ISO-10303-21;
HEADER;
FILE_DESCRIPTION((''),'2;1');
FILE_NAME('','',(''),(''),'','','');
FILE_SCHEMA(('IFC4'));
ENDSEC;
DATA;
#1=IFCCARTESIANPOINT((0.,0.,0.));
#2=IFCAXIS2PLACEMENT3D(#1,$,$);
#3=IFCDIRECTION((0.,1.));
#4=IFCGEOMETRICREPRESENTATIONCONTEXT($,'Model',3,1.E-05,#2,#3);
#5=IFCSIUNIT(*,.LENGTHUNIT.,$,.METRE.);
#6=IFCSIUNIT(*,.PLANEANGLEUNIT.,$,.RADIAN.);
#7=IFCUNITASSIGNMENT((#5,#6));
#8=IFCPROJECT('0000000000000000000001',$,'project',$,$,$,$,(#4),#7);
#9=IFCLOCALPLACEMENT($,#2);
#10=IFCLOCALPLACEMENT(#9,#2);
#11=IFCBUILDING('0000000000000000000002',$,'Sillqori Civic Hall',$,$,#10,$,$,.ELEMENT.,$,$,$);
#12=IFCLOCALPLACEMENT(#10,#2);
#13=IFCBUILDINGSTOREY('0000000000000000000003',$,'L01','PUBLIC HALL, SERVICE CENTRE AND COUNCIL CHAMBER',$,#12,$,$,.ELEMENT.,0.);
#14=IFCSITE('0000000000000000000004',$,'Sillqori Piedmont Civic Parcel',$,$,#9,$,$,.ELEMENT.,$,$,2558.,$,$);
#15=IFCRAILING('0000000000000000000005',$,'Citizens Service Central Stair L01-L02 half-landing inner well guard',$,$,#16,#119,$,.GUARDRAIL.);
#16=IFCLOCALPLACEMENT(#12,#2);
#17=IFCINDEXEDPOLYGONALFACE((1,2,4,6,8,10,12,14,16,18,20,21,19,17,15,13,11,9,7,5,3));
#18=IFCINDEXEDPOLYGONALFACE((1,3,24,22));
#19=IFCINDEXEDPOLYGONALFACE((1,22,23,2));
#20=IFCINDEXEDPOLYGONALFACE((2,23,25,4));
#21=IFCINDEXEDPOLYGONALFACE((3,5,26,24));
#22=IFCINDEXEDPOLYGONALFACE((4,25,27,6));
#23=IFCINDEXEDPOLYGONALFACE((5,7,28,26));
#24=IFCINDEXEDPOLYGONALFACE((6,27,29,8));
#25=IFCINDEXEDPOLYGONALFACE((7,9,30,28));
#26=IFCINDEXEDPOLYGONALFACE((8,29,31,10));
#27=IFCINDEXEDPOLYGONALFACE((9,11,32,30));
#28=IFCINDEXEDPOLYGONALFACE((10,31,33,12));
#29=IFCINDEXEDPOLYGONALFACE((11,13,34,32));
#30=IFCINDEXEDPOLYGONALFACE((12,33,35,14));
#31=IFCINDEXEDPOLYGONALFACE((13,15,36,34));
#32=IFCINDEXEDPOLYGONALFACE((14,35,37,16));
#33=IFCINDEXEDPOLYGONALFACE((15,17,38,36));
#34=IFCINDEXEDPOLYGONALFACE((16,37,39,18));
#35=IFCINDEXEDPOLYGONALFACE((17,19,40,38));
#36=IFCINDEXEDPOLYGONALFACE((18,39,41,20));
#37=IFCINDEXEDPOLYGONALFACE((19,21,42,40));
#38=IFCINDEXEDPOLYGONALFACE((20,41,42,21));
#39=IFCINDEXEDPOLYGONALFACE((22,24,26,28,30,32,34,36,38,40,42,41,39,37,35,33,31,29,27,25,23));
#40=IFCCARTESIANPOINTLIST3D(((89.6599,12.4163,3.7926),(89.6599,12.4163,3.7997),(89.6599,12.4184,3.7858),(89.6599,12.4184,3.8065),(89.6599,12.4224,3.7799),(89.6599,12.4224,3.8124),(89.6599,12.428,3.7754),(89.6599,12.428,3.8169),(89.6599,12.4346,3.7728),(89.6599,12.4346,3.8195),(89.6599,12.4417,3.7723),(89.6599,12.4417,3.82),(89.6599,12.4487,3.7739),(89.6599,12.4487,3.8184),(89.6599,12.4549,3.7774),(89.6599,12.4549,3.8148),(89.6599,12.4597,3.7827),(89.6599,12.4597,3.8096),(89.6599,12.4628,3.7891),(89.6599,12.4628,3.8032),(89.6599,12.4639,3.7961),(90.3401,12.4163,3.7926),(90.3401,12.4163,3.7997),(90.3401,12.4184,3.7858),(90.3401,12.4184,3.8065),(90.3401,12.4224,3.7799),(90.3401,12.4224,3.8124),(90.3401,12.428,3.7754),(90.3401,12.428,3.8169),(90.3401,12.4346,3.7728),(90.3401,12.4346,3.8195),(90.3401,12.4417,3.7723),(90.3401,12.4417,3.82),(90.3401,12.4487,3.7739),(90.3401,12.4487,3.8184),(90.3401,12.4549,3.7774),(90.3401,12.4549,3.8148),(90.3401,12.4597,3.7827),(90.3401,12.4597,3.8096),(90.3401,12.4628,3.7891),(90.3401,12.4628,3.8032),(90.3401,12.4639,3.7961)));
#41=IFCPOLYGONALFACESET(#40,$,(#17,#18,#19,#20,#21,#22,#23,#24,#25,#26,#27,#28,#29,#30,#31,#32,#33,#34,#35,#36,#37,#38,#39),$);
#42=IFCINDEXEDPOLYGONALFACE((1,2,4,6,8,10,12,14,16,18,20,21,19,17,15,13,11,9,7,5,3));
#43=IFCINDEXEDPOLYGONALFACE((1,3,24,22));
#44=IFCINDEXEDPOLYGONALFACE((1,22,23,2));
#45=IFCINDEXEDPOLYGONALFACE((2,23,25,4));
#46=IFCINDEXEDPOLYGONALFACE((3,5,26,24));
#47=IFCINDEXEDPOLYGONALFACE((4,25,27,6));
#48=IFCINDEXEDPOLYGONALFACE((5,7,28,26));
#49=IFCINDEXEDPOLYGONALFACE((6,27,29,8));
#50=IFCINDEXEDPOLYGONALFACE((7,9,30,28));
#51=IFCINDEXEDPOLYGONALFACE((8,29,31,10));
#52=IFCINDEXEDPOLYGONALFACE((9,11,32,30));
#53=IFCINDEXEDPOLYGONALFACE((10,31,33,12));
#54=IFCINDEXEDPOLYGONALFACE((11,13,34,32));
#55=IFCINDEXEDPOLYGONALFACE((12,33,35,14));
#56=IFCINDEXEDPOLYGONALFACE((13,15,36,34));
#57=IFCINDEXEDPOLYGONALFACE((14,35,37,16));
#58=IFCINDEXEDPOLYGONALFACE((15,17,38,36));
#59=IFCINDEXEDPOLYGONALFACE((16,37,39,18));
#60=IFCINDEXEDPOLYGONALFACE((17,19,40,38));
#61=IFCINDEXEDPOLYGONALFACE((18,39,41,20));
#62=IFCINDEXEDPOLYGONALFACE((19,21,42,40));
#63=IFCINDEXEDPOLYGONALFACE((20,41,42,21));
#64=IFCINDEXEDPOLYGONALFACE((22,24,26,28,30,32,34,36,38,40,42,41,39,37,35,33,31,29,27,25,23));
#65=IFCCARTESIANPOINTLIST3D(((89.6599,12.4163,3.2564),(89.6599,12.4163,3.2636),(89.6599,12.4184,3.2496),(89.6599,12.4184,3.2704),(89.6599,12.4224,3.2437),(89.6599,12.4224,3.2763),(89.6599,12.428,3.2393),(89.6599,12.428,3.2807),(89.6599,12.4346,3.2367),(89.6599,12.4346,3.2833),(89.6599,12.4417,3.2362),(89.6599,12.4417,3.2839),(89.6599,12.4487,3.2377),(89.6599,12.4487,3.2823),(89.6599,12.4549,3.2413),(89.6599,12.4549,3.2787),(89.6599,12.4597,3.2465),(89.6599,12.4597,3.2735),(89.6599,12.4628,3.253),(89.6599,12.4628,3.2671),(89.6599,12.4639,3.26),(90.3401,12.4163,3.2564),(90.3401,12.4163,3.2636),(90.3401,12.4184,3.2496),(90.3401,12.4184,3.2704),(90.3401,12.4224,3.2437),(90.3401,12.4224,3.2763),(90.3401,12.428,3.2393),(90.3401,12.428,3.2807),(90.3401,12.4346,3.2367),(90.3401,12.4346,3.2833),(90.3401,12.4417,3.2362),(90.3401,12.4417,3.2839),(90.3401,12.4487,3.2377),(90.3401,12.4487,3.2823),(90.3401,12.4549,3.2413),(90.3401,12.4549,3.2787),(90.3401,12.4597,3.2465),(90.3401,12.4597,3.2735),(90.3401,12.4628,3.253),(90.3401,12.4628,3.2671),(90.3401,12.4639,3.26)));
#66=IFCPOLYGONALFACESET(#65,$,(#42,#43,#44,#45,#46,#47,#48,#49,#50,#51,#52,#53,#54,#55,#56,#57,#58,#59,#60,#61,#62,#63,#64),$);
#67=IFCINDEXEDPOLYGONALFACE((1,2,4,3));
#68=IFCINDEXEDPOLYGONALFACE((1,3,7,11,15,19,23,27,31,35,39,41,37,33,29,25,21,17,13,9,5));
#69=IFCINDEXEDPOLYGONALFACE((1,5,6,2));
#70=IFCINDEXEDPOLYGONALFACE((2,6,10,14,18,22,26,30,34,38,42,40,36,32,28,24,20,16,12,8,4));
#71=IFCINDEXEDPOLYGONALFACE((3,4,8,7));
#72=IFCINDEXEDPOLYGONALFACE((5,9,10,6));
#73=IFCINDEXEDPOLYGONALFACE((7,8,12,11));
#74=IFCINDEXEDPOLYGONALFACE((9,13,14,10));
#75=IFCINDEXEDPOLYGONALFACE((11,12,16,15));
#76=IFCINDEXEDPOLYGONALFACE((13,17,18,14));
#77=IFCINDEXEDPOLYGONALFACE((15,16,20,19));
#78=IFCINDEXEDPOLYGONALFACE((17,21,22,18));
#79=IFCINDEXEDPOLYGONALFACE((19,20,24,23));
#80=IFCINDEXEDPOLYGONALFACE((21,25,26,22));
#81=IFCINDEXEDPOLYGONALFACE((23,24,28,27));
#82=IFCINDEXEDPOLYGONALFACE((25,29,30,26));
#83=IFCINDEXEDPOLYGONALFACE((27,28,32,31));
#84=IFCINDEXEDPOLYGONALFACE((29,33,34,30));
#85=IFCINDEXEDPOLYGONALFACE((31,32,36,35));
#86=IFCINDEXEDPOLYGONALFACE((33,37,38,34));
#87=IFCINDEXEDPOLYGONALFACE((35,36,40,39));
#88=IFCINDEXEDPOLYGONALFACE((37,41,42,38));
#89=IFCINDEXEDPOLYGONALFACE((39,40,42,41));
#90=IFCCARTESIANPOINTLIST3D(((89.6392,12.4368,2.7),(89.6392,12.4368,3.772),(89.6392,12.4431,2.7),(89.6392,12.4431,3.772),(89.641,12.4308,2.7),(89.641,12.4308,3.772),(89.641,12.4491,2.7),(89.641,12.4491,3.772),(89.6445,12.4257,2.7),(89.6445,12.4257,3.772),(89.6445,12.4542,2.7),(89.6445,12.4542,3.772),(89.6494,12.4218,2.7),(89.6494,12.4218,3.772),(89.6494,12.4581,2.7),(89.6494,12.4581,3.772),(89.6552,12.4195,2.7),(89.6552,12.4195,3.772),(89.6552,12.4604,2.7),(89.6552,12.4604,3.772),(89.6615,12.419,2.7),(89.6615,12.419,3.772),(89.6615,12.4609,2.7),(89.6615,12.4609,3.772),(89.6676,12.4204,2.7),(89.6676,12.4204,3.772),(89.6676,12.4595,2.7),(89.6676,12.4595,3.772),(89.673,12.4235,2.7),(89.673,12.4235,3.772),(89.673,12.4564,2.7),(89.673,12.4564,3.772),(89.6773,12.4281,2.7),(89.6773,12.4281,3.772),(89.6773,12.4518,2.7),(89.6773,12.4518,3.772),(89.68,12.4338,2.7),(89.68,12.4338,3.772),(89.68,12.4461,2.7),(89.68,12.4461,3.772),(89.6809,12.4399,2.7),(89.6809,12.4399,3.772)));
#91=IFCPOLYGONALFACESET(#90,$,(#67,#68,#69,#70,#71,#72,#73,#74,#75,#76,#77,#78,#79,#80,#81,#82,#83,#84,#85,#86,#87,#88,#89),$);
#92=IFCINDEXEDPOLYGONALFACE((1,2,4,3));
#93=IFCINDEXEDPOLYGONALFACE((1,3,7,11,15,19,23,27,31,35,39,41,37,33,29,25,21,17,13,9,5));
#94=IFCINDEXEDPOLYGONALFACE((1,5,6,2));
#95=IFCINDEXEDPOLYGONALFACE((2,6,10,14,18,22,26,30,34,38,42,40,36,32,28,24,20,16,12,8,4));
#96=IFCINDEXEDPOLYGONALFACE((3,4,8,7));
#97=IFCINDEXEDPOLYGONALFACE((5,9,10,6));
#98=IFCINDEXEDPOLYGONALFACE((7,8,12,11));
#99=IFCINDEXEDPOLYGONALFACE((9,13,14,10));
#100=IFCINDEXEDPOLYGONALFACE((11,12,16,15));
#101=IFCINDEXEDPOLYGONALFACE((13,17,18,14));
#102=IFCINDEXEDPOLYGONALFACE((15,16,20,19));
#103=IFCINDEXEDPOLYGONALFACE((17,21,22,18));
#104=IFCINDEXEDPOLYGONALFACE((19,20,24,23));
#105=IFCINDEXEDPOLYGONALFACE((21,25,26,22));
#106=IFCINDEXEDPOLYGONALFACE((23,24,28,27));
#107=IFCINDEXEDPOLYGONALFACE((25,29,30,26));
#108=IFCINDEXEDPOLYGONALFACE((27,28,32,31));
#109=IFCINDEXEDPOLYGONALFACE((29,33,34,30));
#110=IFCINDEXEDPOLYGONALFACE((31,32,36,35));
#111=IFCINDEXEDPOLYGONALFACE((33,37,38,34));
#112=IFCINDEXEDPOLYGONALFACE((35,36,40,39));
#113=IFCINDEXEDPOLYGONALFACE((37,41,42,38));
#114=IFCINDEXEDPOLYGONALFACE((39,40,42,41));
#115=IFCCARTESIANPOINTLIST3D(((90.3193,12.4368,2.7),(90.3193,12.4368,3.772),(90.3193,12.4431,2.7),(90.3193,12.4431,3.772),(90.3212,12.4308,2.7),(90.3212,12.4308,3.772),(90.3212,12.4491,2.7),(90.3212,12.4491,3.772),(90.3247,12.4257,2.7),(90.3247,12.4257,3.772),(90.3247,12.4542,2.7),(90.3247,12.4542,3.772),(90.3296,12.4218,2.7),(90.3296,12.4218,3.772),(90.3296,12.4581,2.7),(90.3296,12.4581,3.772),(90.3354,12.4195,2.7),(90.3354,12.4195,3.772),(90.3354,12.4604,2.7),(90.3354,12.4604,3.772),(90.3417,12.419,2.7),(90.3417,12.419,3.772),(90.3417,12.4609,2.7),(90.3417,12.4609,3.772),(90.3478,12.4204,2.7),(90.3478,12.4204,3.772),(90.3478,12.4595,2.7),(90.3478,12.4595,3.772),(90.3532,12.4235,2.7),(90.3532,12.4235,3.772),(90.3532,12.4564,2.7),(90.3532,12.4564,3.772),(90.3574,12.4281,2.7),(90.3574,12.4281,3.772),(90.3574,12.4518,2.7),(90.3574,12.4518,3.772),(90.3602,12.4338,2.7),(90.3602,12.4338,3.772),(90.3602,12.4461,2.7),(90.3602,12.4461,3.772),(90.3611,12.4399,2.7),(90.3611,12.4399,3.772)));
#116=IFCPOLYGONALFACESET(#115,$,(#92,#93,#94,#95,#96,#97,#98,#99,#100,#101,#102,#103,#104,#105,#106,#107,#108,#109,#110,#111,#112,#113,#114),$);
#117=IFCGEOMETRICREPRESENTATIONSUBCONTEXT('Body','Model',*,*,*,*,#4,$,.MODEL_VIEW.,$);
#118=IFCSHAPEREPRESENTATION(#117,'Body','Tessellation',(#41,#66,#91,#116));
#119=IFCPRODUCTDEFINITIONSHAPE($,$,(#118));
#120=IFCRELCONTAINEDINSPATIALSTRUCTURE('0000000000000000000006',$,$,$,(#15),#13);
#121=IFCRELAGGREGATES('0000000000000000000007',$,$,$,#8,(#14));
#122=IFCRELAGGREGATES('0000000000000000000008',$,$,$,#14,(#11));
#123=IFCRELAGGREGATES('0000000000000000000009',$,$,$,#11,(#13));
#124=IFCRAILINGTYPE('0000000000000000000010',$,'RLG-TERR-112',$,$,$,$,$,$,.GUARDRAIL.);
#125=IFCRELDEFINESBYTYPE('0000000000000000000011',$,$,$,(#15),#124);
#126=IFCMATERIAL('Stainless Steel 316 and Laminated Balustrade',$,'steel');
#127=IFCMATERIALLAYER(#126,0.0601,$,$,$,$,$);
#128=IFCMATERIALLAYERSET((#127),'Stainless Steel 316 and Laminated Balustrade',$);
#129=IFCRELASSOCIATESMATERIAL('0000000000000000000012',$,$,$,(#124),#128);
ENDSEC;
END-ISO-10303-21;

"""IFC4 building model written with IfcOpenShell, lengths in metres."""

from ifc_helpers import new_model, si_unit, direction, frame, origin, origin_2d, place, context, subcontext, project, spatial, circle, extrude, material, layer, layer_set, type_object, element, save


model = new_model("IFC4")

# Units and contexts
model_context = context("Model", 3, precision=1e-05, world=origin(), true_north=direction((0.0, 1.0)))
body_context = subcontext(model_context, "Body", "Model", "MODEL_VIEW")
ifc_project = project(units=[si_unit("LENGTHUNIT", "METRE"), si_unit("PLANEANGLEUNIT", "RADIAN")], contexts=[model_context])

# Site, building, storey
site_placement = place(None, origin())
site = spatial("IfcSite", under=ifc_project, at=site_placement, Name="Sillqori Piedmont Civic Parcel", CompositionType="ELEMENT", RefElevation=2558.0)
building_placement = place(site_placement, origin())
building = spatial("IfcBuilding", under=site, at=building_placement, Name="Sillqori Civic Hall", CompositionType="ELEMENT")
storey_placement = place(building_placement, origin())
storey = spatial("IfcBuildingStorey", under=building, at=storey_placement, Name="L01", Description="PUBLIC HALL, SERVICE CENTRE AND COUNCIL CHAMBER", CompositionType="ELEMENT", Elevation=0.0)

# Railing
ifc_material_1 = material(Name="Stainless Steel 316 and Laminated Balustrade", Category="steel")
ifc_layer_1 = layer(ifc_material_1, 0.0601)
ifc_layer_set_1 = layer_set([ifc_layer_1], Name="Stainless Steel 316 and Laminated Balustrade")
railing_type_1 = type_object("IfcRailingType", Name="RLG-TERR-112", PredefinedType="GUARDRAIL", material=ifc_layer_set_1)
railing_1_placement = place(storey_placement, frame((89.6599, 12.4399, 2.7)))
element("IfcRailing", 1, at=railing_1_placement, inside=storey, type_object=railing_type_1, Name="Citizens Service Central Stair L01-L02 half-landing inner well guard", PredefinedType="GUARDRAIL", context=body_context, shape_type="SweptSolid", body=[
    extrude(circle(Radius=0.0239, at=origin_2d()), frame((0.0, 0.0, 1.0962), z_axis=(1.0, 0.0, 0.0), x_axis=(0.0, 1.0, 0.0)), (0.0, 0.0, 1.0), 0.6802),
    extrude(circle(Radius=0.0239, at=origin_2d()), frame((0.0, 0.0, 0.5601), z_axis=(1.0, 0.0, 0.0), x_axis=(0.0, 1.0, 0.0)), (0.0, 0.0, 1.0), 0.6802),
    extrude(circle(Radius=0.021, at=origin_2d()), origin(), (0.0, 0.0, 1.0), 1.072),
    extrude(circle(Radius=0.021, at=origin_2d()), frame((0.6802, 0.0, 0.0)), (0.0, 0.0, 1.0), 1.072),
])

save(model, "model.ifc")
